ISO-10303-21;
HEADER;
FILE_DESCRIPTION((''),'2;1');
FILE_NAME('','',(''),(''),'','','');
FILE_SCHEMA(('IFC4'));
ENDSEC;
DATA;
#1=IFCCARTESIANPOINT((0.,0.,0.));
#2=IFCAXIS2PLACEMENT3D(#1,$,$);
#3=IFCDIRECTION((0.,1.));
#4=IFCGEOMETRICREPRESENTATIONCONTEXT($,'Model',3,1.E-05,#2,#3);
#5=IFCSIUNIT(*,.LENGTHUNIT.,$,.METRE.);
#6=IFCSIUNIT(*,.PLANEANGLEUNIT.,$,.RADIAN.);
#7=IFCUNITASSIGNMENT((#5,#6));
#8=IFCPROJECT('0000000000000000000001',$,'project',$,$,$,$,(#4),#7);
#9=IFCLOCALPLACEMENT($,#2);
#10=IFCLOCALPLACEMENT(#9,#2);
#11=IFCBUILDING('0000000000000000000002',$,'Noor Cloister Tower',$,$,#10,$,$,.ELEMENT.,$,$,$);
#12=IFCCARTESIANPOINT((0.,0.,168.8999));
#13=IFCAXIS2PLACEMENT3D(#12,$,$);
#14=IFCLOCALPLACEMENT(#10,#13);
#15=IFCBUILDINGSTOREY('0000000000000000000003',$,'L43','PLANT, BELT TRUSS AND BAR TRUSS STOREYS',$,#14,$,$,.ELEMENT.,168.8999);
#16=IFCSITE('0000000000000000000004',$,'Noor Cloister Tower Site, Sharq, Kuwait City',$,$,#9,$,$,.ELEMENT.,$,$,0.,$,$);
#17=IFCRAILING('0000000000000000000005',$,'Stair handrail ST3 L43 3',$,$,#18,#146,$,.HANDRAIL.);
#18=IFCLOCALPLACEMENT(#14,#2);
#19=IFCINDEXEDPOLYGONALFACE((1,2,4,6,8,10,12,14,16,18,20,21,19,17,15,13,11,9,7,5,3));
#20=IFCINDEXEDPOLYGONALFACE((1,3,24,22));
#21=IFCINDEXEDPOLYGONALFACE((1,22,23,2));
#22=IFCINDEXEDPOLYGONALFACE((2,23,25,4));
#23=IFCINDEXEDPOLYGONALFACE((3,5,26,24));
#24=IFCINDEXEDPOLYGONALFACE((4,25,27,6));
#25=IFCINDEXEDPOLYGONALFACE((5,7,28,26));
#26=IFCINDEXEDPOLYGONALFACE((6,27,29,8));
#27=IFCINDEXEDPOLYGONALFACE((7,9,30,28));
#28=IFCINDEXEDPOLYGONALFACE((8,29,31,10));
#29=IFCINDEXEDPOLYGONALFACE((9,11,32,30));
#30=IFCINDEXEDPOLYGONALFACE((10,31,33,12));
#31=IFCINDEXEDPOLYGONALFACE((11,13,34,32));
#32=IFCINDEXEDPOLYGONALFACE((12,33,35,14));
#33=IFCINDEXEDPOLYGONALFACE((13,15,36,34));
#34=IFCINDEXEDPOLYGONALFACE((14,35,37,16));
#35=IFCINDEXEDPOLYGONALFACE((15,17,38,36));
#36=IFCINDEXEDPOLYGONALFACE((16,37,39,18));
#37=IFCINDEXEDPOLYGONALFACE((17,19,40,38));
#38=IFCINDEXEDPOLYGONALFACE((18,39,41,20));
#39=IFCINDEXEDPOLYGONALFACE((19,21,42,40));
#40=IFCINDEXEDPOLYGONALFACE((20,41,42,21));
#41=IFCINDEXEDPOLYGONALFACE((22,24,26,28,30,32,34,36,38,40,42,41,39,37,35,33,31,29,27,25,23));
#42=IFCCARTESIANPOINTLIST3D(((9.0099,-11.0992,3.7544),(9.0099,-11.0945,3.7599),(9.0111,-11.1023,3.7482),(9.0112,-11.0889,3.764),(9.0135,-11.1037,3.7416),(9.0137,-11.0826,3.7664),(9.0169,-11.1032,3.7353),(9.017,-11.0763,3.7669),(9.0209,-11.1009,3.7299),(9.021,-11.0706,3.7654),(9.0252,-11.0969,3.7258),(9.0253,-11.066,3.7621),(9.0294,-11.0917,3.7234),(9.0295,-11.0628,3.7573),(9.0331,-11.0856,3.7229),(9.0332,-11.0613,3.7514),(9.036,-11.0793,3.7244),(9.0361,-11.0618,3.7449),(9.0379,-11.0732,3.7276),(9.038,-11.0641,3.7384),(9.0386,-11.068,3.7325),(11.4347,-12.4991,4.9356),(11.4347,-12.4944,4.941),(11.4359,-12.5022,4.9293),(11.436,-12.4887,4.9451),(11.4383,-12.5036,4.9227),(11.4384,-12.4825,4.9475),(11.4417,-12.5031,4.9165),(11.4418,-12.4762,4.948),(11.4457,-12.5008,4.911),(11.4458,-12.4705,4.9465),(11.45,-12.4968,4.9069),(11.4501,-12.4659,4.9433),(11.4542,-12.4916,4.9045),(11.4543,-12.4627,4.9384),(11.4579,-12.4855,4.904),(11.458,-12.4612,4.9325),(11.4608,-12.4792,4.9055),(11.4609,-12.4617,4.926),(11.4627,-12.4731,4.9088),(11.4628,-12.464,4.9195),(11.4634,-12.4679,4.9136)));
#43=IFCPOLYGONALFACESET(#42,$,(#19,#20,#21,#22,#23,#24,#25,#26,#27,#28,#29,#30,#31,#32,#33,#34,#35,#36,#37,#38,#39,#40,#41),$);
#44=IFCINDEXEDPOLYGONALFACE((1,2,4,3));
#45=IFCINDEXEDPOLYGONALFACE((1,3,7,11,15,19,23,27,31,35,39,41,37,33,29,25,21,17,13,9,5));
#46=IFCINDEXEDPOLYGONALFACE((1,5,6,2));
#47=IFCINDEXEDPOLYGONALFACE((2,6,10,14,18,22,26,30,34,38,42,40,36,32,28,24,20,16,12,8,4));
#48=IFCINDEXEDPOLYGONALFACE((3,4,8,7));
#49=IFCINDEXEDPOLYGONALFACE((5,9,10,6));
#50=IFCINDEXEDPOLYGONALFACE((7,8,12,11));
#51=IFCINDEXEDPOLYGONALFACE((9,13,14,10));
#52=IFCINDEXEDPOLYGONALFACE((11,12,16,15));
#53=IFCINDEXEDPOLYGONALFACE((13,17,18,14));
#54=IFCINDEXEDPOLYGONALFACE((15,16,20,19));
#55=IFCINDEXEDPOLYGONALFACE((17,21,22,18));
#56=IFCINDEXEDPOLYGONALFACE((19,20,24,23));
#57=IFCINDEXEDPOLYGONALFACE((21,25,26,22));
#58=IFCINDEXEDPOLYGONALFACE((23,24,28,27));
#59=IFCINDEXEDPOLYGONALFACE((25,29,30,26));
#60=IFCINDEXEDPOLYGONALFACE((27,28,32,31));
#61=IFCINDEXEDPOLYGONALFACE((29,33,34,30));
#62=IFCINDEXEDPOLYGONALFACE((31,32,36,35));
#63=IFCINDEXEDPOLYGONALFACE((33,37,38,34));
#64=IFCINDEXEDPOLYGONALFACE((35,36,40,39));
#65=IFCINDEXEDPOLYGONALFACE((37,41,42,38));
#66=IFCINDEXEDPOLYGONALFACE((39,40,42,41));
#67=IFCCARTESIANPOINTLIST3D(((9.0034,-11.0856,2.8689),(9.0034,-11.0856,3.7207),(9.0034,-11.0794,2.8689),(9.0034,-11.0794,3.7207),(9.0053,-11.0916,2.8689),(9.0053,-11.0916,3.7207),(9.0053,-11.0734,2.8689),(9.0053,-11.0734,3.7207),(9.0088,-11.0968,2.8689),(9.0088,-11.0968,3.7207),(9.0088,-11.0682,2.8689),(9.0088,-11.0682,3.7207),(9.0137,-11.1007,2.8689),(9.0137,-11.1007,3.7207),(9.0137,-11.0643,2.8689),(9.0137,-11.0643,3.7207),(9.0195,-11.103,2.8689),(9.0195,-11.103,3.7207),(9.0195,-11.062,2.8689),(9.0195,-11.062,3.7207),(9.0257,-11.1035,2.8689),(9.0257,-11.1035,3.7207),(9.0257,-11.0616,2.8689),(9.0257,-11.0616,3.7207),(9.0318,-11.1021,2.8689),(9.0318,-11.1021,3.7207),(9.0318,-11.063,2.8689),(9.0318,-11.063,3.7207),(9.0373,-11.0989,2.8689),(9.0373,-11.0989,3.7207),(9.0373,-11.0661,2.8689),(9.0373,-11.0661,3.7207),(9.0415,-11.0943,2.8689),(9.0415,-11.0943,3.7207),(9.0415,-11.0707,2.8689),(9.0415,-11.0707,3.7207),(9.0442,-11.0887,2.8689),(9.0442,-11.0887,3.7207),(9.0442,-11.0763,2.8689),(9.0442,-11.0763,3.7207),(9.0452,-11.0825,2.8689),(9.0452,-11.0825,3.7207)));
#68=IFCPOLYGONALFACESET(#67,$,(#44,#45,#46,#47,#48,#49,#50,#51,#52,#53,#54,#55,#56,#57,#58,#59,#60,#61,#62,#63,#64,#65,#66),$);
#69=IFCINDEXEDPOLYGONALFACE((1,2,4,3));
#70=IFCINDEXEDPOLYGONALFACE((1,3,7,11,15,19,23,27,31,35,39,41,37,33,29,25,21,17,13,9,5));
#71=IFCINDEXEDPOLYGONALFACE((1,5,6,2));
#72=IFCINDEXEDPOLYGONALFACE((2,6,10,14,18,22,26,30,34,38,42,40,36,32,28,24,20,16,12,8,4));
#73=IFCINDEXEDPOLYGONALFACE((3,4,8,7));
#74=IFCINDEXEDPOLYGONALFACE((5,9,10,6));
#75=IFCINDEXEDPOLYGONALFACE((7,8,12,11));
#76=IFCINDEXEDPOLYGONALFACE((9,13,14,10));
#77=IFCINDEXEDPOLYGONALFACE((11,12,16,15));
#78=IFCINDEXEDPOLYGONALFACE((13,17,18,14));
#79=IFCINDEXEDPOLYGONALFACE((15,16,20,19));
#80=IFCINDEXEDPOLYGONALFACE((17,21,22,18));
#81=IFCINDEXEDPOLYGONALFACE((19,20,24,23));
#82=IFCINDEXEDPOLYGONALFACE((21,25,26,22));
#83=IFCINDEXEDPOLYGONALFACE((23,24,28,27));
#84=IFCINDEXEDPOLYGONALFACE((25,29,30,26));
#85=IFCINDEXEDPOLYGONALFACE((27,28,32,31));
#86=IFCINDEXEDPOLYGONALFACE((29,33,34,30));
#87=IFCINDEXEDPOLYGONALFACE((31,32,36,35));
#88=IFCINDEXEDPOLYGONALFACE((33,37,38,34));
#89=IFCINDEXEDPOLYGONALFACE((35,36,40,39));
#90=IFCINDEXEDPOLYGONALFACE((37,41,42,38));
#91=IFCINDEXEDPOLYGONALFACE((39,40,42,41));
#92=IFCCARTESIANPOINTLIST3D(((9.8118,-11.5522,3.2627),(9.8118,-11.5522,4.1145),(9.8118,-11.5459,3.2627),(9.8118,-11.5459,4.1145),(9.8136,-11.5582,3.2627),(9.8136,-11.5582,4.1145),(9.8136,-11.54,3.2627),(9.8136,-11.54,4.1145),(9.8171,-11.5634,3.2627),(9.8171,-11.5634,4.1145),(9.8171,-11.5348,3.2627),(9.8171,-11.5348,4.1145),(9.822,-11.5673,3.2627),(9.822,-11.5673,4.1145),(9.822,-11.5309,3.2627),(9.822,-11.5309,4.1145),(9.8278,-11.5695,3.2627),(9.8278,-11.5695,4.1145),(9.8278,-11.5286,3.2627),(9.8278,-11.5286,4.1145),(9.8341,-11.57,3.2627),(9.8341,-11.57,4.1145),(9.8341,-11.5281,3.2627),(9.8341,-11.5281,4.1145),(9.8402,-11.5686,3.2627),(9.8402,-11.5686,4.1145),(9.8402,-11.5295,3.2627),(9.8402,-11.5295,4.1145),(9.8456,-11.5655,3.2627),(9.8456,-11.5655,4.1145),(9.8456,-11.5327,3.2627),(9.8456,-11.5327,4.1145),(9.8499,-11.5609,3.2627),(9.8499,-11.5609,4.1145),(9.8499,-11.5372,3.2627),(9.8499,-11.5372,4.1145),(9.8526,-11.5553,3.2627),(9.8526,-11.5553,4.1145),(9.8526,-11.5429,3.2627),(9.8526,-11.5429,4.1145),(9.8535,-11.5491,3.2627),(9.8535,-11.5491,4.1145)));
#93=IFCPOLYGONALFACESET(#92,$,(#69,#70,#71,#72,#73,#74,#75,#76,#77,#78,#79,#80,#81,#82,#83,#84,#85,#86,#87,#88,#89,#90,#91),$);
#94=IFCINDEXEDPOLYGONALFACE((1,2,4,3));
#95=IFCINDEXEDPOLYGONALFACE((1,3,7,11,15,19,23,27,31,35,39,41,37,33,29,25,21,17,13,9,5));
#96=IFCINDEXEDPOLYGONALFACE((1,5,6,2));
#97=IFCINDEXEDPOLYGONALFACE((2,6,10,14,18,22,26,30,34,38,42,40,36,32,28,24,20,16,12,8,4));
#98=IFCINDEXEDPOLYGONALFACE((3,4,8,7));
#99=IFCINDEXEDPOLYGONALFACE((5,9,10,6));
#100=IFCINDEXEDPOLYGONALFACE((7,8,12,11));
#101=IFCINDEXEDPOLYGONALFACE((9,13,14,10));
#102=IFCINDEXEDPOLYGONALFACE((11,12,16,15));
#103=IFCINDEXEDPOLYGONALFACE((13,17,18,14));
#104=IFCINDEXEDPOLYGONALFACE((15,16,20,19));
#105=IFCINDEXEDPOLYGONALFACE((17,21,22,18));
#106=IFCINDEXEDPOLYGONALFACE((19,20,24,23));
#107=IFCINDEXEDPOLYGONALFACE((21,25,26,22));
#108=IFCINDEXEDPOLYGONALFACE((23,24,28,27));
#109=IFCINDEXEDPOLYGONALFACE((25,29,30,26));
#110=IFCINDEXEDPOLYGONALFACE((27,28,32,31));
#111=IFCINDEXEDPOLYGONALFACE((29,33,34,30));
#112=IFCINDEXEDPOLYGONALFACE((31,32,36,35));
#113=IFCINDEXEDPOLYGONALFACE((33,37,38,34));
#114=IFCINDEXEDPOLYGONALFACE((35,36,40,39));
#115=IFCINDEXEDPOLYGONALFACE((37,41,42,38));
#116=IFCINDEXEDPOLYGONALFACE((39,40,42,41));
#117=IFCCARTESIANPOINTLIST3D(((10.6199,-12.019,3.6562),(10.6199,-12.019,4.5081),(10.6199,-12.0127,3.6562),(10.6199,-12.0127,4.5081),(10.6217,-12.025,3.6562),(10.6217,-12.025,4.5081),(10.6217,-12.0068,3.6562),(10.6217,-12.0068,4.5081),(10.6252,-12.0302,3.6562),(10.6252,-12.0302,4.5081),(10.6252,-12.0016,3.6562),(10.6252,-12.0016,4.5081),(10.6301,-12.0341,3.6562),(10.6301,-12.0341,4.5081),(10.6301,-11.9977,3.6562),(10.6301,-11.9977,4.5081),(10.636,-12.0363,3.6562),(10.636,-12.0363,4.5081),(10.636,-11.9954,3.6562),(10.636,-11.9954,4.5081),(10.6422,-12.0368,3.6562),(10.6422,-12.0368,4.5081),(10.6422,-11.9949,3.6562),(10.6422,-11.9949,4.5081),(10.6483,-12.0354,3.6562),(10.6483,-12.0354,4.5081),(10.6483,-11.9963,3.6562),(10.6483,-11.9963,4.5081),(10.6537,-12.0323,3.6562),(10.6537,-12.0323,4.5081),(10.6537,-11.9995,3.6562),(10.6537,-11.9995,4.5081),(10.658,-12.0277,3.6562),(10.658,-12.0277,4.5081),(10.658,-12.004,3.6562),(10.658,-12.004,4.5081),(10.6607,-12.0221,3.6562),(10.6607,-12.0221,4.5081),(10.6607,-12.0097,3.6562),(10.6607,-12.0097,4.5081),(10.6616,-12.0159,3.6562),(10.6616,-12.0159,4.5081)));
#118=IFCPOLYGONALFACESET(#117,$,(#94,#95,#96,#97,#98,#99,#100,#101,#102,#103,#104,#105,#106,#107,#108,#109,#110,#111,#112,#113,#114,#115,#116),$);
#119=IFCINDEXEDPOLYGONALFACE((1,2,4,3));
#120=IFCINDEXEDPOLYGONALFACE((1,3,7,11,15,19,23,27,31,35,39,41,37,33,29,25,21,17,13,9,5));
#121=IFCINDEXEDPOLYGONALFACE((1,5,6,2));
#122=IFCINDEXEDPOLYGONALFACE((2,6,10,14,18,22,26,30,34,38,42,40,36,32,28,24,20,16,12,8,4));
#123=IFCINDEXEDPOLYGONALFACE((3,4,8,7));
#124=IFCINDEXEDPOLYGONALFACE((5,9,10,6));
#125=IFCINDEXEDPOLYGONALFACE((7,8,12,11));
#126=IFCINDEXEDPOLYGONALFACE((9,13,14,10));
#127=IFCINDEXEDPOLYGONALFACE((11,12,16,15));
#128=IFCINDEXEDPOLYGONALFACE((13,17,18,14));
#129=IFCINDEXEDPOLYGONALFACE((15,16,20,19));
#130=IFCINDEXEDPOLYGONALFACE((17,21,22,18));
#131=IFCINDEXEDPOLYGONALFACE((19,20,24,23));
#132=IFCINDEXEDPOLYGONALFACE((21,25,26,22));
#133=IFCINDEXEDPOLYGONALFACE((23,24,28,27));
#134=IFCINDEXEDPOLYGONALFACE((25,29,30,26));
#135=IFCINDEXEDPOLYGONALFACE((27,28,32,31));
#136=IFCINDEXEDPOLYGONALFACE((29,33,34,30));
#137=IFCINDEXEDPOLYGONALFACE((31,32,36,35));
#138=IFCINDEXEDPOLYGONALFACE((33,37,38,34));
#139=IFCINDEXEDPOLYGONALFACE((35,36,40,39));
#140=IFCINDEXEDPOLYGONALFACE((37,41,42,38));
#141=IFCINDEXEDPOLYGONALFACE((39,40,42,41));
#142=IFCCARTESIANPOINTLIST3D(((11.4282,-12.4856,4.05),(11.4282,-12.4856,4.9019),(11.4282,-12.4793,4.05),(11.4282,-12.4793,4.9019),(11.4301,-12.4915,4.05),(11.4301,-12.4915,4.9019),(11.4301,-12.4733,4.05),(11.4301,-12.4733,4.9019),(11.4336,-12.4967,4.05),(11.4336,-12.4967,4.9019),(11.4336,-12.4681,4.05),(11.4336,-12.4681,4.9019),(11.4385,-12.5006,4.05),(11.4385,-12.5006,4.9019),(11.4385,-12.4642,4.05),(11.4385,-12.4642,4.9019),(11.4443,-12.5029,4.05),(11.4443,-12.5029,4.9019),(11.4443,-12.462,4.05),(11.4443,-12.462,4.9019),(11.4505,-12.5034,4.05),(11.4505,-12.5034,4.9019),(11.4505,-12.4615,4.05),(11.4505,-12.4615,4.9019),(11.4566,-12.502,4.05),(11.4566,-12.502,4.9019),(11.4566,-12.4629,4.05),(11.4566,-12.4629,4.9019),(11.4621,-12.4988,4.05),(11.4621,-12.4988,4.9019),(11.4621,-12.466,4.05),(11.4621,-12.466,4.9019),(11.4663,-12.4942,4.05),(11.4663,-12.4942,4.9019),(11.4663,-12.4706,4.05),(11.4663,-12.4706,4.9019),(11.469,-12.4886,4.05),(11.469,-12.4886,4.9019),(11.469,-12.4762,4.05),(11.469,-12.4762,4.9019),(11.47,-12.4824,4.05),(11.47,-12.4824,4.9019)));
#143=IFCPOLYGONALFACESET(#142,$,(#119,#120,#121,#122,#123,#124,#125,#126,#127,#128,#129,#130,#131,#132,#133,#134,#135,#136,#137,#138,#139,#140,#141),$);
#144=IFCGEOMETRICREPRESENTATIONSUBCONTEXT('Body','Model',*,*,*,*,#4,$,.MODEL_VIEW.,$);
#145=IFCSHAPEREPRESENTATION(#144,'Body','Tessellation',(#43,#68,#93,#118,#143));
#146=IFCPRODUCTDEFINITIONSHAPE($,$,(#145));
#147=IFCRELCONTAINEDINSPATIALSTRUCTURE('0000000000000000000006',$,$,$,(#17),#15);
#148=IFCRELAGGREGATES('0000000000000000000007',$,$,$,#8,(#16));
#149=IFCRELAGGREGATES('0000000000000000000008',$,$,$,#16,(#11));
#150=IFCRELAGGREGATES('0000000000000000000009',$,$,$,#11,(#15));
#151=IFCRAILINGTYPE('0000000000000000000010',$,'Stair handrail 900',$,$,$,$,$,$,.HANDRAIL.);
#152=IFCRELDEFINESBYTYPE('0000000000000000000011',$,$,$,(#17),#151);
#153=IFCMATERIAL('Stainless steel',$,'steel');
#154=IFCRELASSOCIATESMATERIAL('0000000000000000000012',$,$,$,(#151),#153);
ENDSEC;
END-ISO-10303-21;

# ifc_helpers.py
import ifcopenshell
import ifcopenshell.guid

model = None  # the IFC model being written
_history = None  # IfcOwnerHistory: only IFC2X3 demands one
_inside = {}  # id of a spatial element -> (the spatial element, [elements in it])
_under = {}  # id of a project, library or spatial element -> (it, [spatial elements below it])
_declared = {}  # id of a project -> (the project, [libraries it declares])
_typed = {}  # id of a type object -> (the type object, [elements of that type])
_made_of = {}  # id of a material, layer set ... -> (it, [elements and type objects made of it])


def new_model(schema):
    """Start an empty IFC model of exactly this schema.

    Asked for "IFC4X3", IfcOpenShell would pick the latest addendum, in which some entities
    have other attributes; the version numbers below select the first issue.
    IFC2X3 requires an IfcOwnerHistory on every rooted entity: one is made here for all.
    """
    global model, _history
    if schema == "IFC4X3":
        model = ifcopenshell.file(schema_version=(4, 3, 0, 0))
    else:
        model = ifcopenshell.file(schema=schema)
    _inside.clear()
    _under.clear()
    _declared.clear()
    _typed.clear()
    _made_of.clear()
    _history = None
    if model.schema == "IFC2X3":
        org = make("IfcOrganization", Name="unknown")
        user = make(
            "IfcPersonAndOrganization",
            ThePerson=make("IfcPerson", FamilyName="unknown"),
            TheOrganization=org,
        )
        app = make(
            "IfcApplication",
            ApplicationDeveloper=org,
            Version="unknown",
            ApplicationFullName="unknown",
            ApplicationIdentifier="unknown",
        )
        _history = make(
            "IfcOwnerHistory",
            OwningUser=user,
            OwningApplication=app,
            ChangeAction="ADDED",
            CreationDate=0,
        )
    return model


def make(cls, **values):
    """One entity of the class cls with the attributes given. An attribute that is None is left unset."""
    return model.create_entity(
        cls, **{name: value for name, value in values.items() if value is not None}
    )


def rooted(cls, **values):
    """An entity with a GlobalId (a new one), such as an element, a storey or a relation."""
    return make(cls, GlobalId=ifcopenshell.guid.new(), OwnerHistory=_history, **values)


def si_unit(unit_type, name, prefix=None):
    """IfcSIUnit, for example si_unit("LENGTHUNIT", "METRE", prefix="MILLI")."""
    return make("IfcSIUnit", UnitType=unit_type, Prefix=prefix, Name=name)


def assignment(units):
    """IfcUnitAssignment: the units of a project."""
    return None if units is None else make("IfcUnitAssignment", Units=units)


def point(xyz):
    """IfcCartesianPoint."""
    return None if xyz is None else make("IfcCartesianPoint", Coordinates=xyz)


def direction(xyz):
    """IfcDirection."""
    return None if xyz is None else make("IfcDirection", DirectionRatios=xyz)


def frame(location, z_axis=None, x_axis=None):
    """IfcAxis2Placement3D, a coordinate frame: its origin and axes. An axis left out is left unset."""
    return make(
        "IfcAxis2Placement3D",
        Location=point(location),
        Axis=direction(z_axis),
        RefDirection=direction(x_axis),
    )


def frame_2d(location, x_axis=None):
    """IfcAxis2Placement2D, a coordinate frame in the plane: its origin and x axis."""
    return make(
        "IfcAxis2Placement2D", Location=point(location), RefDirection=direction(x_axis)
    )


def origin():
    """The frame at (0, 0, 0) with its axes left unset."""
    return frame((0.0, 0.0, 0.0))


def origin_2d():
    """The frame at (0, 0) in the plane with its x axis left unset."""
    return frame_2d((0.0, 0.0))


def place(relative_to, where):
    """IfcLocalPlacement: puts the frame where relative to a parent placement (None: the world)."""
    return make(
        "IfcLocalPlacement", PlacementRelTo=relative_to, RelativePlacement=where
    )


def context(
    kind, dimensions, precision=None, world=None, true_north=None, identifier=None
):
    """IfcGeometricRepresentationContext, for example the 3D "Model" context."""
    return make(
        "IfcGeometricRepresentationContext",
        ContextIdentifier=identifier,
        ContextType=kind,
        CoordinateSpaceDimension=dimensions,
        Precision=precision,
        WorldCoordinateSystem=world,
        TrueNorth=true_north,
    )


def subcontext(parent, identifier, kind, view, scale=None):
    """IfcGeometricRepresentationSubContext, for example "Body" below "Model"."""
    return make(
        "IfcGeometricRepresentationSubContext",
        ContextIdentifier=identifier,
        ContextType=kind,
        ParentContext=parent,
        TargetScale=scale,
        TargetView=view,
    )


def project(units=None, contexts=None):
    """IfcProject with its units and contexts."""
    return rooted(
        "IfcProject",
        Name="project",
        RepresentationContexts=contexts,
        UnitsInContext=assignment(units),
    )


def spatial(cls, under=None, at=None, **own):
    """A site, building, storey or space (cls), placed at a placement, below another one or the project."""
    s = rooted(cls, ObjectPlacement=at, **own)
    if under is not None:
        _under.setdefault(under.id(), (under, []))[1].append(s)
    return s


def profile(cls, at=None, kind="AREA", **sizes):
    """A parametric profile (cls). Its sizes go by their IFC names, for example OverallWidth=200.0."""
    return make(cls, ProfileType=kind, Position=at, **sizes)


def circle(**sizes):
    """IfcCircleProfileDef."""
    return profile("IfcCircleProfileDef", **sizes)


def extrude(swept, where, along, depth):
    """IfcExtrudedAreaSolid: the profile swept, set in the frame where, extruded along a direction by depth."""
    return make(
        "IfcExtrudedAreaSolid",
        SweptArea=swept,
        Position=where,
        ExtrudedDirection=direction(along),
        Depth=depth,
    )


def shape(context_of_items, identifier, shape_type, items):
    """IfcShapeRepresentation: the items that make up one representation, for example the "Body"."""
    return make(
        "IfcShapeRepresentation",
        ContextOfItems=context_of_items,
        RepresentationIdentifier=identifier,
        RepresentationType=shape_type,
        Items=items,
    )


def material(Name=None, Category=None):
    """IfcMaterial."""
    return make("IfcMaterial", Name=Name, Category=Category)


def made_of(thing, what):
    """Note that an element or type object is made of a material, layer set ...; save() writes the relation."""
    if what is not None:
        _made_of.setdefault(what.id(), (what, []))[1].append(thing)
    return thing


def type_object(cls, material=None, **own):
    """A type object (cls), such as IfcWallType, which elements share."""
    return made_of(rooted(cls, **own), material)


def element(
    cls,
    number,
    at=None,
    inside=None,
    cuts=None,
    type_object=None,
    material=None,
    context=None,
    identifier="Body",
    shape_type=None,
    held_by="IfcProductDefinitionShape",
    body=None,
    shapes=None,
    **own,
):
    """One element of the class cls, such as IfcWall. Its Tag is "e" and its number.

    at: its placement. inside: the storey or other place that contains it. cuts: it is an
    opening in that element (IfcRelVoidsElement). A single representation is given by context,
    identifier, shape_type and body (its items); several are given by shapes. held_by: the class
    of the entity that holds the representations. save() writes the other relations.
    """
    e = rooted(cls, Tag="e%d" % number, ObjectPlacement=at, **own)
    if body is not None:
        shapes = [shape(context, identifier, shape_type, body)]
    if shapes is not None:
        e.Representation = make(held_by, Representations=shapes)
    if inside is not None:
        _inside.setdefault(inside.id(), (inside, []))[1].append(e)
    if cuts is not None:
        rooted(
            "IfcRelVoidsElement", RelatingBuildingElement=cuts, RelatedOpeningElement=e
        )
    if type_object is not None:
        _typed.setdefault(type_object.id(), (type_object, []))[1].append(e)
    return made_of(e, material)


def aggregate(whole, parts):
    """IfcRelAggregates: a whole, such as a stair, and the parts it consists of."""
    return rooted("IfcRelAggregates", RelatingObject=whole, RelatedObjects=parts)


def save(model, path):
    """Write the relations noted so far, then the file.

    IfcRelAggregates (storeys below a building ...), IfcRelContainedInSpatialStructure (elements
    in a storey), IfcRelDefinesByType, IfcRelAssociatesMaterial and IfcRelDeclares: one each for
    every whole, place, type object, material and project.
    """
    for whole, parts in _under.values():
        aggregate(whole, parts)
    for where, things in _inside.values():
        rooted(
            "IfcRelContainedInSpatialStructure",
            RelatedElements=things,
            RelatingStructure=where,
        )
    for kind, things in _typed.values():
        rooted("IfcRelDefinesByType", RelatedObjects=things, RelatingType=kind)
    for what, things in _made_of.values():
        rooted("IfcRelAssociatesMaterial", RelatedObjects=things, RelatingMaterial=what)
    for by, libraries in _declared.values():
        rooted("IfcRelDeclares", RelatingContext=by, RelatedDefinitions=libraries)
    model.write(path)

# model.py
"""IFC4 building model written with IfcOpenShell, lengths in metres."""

from ifc_helpers import new_model, si_unit, direction, frame, origin, origin_2d, place, context, subcontext, project, spatial, circle, extrude, material, type_object, element, save


model = new_model("IFC4")

# Units and contexts
model_context = context("Model", 3, precision=1e-05, world=origin(), true_north=direction((0.0, 1.0)))
body_context = subcontext(model_context, "Body", "Model", "MODEL_VIEW")
ifc_project = project(units=[si_unit("LENGTHUNIT", "METRE"), si_unit("PLANEANGLEUNIT", "RADIAN")], contexts=[model_context])

# Site, building, storey
site_placement = place(None, origin())
site = spatial("IfcSite", under=ifc_project, at=site_placement, Name="Noor Cloister Tower Site, Sharq, Kuwait City", CompositionType="ELEMENT", RefElevation=0.0)
building_placement = place(site_placement, origin())
building = spatial("IfcBuilding", under=site, at=building_placement, Name="Noor Cloister Tower", CompositionType="ELEMENT")
storey_placement = place(building_placement, frame((0.0, 0.0, 168.8999)))
storey = spatial("IfcBuildingStorey", under=building, at=storey_placement, Name="L43", Description="PLANT, BELT TRUSS AND BAR TRUSS STOREYS", CompositionType="ELEMENT", Elevation=168.8999)

# Railing
ifc_material_1 = material(Name="Stainless steel", Category="steel")
railing_type_1 = type_object("IfcRailingType", Name="Stair handrail 900", PredefinedType="HANDRAIL", material=ifc_material_1)
railing_1_placement = place(storey_placement, frame((9.0242, -11.0825, 2.8689)))
element("IfcRailing", 1, at=railing_1_placement, inside=storey, type_object=railing_type_1, Name="Stair handrail ST3 L43 3", PredefinedType="HANDRAIL", context=body_context, shape_type="SweptSolid", body=[
    extrude(circle(Radius=0.0239, at=origin_2d()), frame((0.0, 0.0, 0.876), z_axis=(0.797939, -0.460671, 0.388686), x_axis=(0.499984, 0.866035, 0.0)), (0.0, 0.0, 1.0), 3.0388),
    extrude(circle(Radius=0.021, at=origin_2d()), origin(), (0.0, 0.0, 1.0), 0.8518),
    extrude(circle(Radius=0.021, at=origin_2d()), frame((0.8083, -0.4666, 0.3938)), (0.0, 0.0, 1.0), 0.8518),
    extrude(circle(Radius=0.021, at=origin_2d()), frame((1.6165, -0.9333, 0.7874)), (0.0, 0.0, 1.0), 0.8518),
    extrude(circle(Radius=0.021, at=origin_2d()), frame((2.4248, -1.3999, 1.1812)), (0.0, 0.0, 1.0), 0.8518),
])

save(model, "model.ifc")
